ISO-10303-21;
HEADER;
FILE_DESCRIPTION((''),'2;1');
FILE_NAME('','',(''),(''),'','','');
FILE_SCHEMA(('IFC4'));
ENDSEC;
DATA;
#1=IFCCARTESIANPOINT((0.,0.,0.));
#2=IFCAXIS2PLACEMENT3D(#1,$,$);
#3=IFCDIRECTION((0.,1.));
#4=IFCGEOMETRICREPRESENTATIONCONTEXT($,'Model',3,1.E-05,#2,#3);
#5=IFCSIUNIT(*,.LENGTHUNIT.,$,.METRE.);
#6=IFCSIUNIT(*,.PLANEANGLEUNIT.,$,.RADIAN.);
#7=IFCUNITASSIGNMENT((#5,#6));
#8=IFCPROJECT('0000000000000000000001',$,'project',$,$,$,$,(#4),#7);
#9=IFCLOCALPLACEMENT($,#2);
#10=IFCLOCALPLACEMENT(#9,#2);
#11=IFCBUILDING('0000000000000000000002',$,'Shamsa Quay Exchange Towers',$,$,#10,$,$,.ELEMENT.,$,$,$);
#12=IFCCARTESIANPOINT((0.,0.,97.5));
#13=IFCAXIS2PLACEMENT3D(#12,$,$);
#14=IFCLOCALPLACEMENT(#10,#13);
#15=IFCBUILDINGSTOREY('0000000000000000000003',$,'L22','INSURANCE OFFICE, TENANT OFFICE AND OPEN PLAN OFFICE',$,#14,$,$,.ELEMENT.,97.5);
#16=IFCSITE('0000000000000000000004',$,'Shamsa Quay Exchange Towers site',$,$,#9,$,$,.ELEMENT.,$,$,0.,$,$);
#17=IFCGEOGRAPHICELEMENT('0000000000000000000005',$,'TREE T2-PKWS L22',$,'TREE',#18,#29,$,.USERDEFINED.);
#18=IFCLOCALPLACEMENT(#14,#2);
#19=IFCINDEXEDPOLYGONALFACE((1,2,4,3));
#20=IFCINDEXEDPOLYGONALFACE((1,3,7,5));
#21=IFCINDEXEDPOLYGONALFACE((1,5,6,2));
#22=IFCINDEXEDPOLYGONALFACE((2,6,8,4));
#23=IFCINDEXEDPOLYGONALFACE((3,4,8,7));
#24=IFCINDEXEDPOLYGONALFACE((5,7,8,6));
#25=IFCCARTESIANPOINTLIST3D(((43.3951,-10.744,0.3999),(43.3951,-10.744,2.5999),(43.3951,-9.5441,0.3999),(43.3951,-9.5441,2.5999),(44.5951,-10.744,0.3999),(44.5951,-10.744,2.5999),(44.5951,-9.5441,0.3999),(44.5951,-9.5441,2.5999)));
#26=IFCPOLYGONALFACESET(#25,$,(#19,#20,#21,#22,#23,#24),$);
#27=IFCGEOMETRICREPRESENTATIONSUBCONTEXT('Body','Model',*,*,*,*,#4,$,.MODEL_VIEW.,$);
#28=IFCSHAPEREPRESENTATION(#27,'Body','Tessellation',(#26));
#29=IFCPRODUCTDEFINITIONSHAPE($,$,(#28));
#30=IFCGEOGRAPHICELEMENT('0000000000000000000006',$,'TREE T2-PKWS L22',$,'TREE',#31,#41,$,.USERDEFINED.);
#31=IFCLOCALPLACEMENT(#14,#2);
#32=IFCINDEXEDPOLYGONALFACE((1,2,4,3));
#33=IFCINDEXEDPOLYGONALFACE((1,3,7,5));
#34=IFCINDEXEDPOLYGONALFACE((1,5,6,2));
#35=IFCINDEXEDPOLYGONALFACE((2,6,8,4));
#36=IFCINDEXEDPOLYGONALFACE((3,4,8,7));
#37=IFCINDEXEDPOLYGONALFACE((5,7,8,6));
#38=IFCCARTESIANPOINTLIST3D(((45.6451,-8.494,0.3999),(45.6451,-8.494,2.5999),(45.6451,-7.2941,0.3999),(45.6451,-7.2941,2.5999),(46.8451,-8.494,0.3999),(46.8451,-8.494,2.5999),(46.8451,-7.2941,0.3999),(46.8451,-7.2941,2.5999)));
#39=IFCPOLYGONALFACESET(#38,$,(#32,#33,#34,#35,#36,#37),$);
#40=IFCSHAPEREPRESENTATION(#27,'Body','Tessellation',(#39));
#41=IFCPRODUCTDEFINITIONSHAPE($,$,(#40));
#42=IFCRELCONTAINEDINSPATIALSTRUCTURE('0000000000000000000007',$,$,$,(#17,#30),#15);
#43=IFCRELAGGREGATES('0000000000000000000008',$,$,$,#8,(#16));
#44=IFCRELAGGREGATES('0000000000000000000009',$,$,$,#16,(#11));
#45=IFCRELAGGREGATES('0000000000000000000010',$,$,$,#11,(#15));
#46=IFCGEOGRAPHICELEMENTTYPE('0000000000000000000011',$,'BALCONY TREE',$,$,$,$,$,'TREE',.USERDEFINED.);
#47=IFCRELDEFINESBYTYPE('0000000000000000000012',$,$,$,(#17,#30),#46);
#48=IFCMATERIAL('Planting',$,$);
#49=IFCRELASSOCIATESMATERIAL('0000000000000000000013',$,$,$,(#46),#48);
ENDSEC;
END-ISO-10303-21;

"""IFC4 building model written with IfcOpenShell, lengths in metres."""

from ifc_helpers import new_model, si_unit, direction, frame, origin, origin_2d, place, context, subcontext, project, spatial, rectangle, extrude, material, type_object, element, save


model = new_model("IFC4")

# Units and contexts
model_context = context("Model", 3, precision=1e-05, world=origin(), true_north=direction((0.0, 1.0)))
body_context = subcontext(model_context, "Body", "Model", "MODEL_VIEW")
ifc_project = project(units=[si_unit("LENGTHUNIT", "METRE"), si_unit("PLANEANGLEUNIT", "RADIAN")], contexts=[model_context])

# Site, building, storey
site_placement = place(None, origin())
site = spatial("IfcSite", under=ifc_project, at=site_placement, Name="Shamsa Quay Exchange Towers site", CompositionType="ELEMENT", RefElevation=0.0)
building_placement = place(site_placement, origin())
building = spatial("IfcBuilding", under=site, at=building_placement, Name="Shamsa Quay Exchange Towers", CompositionType="ELEMENT")
storey_placement = place(building_placement, frame((0.0, 0.0, 97.5)))
storey = spatial("IfcBuildingStorey", under=building, at=storey_placement, Name="L22", Description="INSURANCE OFFICE, TENANT OFFICE AND OPEN PLAN OFFICE", CompositionType="ELEMENT", Elevation=97.5)

# Geographic elements
ifc_material_1 = material(Name="Planting")
geographic_element_type = type_object("IfcGeographicElementType", Name="BALCONY TREE", ElementType="TREE", PredefinedType="USERDEFINED", material=ifc_material_1)
for number, where, z_axis, x_axis, name in (
    (1, (43.9951, -10.144, 0.3999), (0.0, 0.0, 1.0), (0.0, 1.0, 0.0), "TREE T2-PKWS L22"),
    (2, (46.2451, -7.894, 0.3999), (0.0, 0.0, 1.0), (0.0, 1.0, 0.0), "TREE T2-PKWS L22"),
):
    element("IfcGeographicElement", number, at=place(storey_placement, frame(where, z_axis=z_axis, x_axis=x_axis)), inside=storey, type_object=geographic_element_type, Name=name, ObjectType="TREE", PredefinedType="USERDEFINED", context=body_context, shape_type="SweptSolid", body=[
        extrude(rectangle(XDim=1.2, YDim=1.2, at=origin_2d()), origin(), (0.0, 0.0, 1.0), 2.2),
    ])

save(model, "model.ifc")
